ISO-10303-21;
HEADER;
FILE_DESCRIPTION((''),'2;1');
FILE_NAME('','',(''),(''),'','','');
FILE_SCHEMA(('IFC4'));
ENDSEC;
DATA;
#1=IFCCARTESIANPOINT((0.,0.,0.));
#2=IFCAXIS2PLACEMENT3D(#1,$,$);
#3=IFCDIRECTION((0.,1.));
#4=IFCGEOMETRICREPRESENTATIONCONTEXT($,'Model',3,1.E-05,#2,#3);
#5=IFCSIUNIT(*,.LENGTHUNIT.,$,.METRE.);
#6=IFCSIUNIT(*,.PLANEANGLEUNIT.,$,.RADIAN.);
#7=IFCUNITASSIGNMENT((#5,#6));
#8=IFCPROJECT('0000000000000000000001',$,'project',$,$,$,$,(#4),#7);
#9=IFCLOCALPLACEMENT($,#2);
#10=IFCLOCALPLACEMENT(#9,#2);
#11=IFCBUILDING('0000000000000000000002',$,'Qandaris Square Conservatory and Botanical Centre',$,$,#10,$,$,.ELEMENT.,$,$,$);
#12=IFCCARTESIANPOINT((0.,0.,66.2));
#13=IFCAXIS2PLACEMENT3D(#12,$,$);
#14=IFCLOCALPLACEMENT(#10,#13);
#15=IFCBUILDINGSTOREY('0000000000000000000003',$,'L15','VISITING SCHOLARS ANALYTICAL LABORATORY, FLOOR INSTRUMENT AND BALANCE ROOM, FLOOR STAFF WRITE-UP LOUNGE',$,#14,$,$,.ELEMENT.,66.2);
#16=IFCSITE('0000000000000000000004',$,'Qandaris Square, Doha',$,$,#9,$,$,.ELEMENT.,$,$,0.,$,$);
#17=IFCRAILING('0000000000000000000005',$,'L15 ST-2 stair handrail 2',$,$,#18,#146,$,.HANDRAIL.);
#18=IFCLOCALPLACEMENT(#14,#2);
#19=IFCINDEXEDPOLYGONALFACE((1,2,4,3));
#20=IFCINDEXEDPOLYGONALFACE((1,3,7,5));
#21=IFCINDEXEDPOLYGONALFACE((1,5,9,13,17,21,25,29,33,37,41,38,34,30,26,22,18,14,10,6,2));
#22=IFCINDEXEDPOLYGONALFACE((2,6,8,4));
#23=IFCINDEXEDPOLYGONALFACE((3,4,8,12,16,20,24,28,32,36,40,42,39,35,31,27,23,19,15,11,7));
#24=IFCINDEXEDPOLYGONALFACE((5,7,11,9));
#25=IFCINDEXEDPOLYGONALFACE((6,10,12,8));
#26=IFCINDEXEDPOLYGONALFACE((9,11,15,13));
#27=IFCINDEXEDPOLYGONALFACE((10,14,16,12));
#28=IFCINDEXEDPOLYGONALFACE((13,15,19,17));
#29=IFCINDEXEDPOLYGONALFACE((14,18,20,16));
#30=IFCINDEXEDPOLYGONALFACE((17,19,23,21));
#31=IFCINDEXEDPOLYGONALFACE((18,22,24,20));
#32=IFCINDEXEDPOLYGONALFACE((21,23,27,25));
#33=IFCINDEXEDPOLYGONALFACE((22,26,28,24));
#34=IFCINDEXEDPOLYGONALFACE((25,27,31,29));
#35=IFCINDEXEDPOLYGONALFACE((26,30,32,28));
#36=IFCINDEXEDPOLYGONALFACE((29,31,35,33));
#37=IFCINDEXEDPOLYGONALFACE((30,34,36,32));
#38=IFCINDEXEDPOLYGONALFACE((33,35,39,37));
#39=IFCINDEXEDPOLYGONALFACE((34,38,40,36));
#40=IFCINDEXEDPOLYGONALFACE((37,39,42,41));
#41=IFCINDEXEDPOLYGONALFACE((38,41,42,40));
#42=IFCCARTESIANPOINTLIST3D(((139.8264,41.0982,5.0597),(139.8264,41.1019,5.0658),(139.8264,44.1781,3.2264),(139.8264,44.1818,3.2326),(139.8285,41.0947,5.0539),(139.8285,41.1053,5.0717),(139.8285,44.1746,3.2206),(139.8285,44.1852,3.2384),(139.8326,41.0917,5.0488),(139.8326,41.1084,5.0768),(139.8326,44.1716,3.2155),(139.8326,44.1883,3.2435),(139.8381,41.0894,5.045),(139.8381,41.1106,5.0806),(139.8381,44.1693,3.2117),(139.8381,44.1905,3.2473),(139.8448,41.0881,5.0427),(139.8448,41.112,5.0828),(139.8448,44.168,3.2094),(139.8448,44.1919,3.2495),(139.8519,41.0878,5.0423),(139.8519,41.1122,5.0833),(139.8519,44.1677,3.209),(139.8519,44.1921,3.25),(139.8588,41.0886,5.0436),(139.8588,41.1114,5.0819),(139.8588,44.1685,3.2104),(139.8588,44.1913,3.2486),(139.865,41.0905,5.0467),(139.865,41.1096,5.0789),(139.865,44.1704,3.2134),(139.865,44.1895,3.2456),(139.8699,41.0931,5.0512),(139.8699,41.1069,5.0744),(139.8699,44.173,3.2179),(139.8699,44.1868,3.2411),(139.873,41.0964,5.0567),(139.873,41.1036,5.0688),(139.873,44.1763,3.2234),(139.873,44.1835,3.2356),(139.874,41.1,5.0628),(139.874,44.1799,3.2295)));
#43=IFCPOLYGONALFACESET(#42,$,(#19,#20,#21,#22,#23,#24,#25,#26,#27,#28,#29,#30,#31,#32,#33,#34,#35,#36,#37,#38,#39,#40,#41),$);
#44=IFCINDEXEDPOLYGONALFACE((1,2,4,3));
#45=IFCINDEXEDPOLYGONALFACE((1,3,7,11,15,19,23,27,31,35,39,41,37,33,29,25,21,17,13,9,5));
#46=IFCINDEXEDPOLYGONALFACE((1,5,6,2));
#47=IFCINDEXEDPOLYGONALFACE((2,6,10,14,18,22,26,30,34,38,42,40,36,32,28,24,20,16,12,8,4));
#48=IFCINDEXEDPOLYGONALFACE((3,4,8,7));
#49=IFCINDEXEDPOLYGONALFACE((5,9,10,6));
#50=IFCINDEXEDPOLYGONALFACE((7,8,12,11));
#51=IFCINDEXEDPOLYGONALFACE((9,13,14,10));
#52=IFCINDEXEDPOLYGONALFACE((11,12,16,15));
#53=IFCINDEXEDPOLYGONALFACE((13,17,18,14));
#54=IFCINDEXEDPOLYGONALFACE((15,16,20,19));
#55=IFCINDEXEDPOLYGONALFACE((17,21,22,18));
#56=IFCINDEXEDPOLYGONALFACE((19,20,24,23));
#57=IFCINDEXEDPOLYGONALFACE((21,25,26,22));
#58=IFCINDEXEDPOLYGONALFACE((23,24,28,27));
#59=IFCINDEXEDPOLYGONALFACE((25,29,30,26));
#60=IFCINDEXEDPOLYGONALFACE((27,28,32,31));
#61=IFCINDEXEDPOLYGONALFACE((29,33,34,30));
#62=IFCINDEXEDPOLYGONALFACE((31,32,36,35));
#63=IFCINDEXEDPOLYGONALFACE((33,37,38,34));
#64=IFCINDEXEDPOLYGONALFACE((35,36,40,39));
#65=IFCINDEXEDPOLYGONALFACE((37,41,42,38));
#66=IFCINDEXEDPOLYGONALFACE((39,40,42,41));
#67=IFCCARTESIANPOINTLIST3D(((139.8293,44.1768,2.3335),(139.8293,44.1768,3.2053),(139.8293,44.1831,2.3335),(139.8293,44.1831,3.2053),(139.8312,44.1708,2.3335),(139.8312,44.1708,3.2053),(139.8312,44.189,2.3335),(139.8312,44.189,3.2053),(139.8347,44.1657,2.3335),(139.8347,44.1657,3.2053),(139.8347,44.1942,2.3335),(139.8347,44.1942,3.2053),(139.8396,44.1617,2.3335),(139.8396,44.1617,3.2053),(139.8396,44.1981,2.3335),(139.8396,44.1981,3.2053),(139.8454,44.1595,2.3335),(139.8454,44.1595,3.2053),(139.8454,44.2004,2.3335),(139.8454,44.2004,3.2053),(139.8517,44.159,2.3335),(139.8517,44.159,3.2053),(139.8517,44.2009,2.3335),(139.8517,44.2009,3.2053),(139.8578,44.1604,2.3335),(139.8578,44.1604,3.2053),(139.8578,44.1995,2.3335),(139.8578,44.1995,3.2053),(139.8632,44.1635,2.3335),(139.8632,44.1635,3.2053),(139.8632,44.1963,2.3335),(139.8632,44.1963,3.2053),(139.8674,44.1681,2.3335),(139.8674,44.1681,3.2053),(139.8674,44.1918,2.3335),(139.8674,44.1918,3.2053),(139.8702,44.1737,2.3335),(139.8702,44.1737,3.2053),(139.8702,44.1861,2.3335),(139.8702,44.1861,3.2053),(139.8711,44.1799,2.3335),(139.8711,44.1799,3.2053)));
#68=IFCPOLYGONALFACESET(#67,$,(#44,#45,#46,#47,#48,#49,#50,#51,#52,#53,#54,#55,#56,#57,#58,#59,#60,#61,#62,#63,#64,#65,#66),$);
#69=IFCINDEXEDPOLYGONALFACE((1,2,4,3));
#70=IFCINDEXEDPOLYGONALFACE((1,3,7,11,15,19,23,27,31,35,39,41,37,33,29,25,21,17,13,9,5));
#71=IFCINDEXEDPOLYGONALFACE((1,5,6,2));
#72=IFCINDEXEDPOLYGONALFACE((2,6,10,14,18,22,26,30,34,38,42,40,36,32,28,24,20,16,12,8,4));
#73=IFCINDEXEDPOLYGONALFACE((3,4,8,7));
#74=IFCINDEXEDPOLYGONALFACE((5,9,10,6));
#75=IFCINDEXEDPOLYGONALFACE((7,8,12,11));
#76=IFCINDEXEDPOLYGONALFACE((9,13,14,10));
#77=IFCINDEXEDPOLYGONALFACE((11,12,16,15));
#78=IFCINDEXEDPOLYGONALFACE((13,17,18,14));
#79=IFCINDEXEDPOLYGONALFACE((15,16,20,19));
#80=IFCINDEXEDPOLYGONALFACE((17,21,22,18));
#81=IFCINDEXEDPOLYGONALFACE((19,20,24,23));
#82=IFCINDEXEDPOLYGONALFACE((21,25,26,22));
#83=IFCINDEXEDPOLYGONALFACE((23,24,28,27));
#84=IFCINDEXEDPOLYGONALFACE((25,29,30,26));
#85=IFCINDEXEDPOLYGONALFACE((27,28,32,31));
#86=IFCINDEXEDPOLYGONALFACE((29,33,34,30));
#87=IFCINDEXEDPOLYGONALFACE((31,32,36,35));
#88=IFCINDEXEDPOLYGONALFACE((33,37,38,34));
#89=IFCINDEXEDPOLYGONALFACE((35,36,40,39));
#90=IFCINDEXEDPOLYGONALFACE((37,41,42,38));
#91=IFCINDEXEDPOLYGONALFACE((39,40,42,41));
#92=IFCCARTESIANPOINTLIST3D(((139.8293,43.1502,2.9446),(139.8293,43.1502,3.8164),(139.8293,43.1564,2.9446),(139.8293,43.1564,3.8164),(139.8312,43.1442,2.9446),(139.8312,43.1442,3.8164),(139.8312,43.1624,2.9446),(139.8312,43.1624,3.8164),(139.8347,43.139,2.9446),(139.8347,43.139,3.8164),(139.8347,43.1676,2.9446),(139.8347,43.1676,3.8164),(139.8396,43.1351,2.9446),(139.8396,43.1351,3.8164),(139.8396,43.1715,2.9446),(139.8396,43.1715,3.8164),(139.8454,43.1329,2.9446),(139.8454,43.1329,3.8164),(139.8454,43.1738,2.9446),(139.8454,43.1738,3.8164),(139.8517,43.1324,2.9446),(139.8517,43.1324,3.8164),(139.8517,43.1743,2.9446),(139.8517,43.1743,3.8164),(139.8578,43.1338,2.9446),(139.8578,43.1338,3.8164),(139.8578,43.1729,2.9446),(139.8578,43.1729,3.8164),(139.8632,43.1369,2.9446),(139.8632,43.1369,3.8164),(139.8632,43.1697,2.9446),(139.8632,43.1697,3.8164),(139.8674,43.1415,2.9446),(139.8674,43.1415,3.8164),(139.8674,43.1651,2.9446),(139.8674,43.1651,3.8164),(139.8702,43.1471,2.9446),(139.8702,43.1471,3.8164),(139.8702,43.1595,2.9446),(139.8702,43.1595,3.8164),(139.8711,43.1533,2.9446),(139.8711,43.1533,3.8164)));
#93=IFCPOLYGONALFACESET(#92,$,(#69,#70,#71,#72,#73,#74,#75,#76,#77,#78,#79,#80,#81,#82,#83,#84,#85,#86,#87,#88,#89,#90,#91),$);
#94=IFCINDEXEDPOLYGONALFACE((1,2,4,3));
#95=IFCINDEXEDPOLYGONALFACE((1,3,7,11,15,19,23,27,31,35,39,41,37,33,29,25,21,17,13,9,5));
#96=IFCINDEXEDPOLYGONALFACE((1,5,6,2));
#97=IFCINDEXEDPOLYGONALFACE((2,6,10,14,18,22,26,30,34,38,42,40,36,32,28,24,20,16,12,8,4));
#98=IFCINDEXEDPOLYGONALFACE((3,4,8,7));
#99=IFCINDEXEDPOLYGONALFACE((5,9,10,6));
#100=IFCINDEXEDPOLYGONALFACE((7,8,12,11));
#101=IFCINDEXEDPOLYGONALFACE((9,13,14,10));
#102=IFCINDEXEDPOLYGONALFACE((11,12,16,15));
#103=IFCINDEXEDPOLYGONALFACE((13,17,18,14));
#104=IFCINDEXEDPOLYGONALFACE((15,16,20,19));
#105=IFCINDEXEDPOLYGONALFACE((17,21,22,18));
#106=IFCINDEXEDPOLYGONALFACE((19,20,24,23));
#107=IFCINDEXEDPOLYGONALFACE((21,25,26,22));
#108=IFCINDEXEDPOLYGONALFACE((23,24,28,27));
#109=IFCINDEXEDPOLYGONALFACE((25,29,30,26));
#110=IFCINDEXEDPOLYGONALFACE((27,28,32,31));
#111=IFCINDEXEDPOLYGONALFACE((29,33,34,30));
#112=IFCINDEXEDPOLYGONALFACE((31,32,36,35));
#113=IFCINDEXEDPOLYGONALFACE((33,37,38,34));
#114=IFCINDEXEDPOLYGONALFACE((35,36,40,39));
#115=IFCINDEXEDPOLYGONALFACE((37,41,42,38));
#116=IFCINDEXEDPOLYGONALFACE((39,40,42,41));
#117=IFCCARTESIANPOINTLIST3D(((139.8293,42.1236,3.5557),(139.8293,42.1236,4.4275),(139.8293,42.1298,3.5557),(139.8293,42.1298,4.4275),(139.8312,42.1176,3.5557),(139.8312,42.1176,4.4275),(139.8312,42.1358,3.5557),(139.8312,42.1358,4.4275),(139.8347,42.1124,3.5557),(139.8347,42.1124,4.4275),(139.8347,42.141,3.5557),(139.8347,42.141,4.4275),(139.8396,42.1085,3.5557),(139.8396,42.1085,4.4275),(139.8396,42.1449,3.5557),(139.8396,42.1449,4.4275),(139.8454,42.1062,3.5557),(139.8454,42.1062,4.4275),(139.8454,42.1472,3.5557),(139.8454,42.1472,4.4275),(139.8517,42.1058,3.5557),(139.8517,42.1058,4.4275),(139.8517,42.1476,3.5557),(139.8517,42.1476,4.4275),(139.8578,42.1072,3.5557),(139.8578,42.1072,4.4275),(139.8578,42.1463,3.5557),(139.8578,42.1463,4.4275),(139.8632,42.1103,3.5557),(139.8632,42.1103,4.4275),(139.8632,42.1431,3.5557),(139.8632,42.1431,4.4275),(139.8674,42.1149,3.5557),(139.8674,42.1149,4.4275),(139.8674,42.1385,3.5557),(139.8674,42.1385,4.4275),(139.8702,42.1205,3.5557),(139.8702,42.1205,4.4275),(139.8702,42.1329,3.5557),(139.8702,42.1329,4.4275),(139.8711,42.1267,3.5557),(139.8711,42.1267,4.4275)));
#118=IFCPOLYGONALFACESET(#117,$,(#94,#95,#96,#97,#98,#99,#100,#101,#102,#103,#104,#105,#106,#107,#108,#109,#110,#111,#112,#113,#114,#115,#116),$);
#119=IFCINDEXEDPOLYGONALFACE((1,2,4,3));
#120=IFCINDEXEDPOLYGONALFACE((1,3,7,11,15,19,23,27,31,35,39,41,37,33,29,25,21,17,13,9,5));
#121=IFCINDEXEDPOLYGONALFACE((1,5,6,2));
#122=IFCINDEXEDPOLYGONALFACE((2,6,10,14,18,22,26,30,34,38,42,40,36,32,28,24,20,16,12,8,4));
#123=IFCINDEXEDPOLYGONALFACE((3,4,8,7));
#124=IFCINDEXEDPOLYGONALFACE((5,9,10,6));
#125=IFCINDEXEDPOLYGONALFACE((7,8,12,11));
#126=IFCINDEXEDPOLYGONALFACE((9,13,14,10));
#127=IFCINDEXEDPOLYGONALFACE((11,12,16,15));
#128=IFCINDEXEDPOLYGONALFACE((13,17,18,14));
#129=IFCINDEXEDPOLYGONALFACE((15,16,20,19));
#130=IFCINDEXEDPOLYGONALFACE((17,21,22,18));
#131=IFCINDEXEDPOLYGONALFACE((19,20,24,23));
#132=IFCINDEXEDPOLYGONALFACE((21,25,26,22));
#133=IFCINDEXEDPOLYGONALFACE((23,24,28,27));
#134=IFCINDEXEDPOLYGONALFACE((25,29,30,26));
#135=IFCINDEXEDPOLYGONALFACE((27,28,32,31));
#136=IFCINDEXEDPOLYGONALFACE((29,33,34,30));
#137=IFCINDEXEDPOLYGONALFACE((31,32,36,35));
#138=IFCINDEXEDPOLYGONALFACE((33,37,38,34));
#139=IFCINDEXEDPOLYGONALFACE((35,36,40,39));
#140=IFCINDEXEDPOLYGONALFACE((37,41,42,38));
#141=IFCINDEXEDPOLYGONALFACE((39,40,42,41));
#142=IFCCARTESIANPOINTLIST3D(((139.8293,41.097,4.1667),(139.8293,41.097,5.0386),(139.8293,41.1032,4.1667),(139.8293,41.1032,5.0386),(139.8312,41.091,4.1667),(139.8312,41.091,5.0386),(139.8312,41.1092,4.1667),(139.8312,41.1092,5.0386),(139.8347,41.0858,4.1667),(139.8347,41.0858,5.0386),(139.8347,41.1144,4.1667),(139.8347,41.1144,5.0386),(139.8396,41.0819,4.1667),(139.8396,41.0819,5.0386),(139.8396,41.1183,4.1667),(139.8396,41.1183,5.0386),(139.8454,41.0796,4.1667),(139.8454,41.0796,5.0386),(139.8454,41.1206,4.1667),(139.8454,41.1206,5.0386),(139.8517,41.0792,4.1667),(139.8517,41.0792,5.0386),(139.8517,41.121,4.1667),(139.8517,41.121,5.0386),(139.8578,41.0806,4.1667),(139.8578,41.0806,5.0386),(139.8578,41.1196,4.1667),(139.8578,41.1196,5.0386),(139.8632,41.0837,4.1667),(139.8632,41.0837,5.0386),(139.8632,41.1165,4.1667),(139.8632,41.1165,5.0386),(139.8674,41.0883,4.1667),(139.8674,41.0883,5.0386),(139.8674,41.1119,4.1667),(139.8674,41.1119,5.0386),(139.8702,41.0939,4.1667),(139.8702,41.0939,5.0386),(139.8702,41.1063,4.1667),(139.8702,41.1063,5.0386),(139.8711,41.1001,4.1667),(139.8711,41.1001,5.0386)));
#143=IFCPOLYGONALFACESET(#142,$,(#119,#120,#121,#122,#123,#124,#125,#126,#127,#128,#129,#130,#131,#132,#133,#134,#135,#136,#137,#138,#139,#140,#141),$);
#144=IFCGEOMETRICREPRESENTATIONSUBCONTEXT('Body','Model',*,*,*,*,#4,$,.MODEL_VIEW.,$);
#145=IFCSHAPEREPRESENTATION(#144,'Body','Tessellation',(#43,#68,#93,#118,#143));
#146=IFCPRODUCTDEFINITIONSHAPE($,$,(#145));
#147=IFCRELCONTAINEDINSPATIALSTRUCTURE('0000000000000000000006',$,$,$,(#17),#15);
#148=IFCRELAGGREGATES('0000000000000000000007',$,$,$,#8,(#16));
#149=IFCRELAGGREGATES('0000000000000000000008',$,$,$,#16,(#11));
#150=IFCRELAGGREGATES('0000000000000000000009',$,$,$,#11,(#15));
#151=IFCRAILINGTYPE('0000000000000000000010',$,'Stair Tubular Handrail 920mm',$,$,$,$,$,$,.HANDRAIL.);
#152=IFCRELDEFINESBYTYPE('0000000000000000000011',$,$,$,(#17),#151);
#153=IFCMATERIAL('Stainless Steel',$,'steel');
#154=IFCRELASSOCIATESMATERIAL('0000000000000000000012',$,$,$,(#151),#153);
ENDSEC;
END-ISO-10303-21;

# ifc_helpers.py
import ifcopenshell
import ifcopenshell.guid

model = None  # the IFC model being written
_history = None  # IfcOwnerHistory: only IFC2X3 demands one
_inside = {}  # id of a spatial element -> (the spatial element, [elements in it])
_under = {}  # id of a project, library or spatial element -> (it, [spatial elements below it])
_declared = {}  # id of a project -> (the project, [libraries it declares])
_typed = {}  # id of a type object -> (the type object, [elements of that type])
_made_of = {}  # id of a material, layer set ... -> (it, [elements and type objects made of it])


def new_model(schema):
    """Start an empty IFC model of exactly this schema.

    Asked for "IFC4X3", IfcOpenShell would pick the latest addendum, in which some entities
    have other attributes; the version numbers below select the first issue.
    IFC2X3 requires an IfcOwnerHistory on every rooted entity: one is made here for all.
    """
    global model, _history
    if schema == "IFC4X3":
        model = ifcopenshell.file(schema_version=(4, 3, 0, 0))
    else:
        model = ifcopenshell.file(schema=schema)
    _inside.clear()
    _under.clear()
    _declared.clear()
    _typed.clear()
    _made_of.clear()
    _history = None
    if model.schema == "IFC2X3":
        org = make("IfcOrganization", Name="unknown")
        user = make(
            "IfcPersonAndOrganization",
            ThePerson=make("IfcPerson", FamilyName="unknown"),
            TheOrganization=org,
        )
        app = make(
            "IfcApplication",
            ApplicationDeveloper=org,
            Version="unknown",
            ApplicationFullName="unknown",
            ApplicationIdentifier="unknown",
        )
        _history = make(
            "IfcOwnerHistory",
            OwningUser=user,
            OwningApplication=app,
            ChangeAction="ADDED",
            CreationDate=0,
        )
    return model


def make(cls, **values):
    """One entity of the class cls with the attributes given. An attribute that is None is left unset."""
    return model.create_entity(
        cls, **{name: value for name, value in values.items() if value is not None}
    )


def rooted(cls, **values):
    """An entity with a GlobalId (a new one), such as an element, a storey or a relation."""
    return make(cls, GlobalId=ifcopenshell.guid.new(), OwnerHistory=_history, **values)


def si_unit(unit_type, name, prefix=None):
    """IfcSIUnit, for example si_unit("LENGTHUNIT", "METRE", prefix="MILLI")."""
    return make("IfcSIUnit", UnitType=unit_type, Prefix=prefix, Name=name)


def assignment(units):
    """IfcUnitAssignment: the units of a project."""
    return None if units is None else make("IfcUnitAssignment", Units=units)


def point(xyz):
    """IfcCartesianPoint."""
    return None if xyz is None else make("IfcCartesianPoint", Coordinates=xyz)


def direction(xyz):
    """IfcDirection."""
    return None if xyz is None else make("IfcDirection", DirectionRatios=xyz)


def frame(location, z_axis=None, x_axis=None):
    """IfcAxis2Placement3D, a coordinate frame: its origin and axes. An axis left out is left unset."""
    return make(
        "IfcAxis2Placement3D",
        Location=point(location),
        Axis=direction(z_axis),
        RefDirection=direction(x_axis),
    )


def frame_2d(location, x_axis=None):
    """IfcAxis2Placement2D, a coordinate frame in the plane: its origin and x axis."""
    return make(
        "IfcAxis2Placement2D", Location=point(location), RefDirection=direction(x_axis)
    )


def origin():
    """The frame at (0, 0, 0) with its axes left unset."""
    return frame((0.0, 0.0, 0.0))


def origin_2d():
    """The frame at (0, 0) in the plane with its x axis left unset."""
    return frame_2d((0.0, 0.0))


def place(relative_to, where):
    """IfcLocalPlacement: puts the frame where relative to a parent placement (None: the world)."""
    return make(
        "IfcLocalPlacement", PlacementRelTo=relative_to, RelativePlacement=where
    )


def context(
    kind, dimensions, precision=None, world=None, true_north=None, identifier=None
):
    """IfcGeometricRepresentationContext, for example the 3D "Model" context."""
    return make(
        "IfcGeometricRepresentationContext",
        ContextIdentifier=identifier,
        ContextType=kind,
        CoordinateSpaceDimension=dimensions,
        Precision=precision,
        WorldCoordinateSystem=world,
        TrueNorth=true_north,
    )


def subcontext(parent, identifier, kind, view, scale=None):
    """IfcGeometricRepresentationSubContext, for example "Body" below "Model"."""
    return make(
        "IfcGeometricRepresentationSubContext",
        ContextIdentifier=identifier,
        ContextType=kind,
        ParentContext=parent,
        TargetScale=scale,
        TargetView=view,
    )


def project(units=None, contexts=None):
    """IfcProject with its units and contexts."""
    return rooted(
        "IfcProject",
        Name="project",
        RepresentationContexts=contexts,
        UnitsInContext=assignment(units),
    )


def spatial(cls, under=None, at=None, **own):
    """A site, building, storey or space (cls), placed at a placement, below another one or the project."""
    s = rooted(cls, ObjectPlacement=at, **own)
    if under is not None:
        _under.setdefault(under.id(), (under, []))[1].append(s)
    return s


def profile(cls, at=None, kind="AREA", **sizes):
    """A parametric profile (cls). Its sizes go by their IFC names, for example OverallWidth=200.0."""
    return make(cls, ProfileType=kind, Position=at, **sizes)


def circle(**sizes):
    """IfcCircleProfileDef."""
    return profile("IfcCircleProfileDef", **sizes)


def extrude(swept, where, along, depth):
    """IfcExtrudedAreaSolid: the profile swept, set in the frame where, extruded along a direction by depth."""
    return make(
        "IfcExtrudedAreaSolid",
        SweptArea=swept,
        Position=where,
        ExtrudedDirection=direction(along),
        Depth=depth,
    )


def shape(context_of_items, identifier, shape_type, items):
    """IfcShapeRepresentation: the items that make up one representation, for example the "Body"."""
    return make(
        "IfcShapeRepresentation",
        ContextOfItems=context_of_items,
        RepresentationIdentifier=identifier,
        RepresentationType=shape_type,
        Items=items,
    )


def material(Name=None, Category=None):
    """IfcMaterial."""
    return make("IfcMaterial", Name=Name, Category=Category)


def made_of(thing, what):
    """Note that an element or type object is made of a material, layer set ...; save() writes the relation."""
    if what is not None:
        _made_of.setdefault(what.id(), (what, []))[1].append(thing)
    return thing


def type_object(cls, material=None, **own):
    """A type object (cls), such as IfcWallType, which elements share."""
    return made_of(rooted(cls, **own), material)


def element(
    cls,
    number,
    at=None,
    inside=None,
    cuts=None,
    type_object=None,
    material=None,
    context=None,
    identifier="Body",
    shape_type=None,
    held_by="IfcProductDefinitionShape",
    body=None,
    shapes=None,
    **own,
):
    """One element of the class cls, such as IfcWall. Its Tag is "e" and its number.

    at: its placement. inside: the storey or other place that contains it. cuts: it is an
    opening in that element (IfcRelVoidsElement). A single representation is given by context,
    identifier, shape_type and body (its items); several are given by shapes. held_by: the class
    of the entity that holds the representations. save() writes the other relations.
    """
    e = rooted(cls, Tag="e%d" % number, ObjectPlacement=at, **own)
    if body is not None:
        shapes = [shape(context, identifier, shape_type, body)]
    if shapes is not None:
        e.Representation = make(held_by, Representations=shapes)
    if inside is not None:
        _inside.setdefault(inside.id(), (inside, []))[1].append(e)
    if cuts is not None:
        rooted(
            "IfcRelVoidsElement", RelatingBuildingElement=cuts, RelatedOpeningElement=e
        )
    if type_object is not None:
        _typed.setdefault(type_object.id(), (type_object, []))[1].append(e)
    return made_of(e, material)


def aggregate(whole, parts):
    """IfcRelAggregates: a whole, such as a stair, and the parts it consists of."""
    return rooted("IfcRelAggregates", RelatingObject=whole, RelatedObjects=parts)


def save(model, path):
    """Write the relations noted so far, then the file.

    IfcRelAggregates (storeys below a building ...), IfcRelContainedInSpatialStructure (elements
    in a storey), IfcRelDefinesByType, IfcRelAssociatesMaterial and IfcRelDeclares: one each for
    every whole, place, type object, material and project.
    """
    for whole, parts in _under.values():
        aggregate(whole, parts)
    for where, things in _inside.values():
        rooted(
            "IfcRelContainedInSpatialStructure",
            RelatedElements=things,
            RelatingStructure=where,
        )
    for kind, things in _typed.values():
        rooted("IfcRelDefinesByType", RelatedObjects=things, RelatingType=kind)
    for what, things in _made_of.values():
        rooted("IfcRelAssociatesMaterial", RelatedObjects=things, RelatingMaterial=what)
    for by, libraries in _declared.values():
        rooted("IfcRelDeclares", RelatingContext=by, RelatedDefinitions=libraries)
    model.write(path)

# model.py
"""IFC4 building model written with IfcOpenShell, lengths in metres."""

from ifc_helpers import new_model, si_unit, direction, frame, origin, origin_2d, place, context, subcontext, project, spatial, circle, extrude, material, type_object, element, save


model = new_model("IFC4")

# Units and contexts
model_context = context("Model", 3, precision=1e-05, world=origin(), true_north=direction((0.0, 1.0)))
body_context = subcontext(model_context, "Body", "Model", "MODEL_VIEW")
ifc_project = project(units=[si_unit("LENGTHUNIT", "METRE"), si_unit("PLANEANGLEUNIT", "RADIAN")], contexts=[model_context])

# Site, building, storey
site_placement = place(None, origin())
site = spatial("IfcSite", under=ifc_project, at=site_placement, Name="Qandaris Square, Doha", CompositionType="ELEMENT", RefElevation=0.0)
building_placement = place(site_placement, origin())
building = spatial("IfcBuilding", under=site, at=building_placement, Name="Qandaris Square Conservatory and Botanical Centre", CompositionType="ELEMENT")
storey_placement = place(building_placement, frame((0.0, 0.0, 66.2)))
storey = spatial("IfcBuildingStorey", under=building, at=storey_placement, Name="L15", Description="VISITING SCHOLARS ANALYTICAL LABORATORY, FLOOR INSTRUMENT AND BALANCE ROOM, FLOOR STAFF WRITE-UP LOUNGE", CompositionType="ELEMENT", Elevation=66.2)

# Railing
ifc_material_1 = material(Name="Stainless Steel", Category="steel")
railing_type_1 = type_object("IfcRailingType", Name="Stair Tubular Handrail 920mm", PredefinedType="HANDRAIL", material=ifc_material_1)
railing_1_placement = place(storey_placement, frame((139.8501, 44.1799, 2.3335)))
element("IfcRailing", 1, at=railing_1_placement, inside=storey, type_object=railing_type_1, Name="L15 ST-2 stair handrail 2", PredefinedType="HANDRAIL", context=body_context, shape_type="SweptSolid", body=[
    extrude(circle(Radius=0.0239, at=origin_2d()), frame((0.0, 0.0, 0.896), z_axis=(0.0, -0.859291, 0.511487), x_axis=(1.0, 0.0, 0.0)), (0.0, 0.0, 1.0), 3.5842),
    extrude(circle(Radius=0.021, at=origin_2d()), origin(), (0.0, 0.0, 1.0), 0.8718),
    extrude(circle(Radius=0.021, at=origin_2d()), frame((0.0, -1.0266, 0.6111)), (0.0, 0.0, 1.0), 0.8718),
    extrude(circle(Radius=0.021, at=origin_2d()), frame((0.0, -2.0532, 1.2222)), (0.0, 0.0, 1.0), 0.8718),
    extrude(circle(Radius=0.021, at=origin_2d()), frame((0.0, -3.0798, 1.8333)), (0.0, 0.0, 1.0), 0.8718),
])

save(model, "model.ifc")
